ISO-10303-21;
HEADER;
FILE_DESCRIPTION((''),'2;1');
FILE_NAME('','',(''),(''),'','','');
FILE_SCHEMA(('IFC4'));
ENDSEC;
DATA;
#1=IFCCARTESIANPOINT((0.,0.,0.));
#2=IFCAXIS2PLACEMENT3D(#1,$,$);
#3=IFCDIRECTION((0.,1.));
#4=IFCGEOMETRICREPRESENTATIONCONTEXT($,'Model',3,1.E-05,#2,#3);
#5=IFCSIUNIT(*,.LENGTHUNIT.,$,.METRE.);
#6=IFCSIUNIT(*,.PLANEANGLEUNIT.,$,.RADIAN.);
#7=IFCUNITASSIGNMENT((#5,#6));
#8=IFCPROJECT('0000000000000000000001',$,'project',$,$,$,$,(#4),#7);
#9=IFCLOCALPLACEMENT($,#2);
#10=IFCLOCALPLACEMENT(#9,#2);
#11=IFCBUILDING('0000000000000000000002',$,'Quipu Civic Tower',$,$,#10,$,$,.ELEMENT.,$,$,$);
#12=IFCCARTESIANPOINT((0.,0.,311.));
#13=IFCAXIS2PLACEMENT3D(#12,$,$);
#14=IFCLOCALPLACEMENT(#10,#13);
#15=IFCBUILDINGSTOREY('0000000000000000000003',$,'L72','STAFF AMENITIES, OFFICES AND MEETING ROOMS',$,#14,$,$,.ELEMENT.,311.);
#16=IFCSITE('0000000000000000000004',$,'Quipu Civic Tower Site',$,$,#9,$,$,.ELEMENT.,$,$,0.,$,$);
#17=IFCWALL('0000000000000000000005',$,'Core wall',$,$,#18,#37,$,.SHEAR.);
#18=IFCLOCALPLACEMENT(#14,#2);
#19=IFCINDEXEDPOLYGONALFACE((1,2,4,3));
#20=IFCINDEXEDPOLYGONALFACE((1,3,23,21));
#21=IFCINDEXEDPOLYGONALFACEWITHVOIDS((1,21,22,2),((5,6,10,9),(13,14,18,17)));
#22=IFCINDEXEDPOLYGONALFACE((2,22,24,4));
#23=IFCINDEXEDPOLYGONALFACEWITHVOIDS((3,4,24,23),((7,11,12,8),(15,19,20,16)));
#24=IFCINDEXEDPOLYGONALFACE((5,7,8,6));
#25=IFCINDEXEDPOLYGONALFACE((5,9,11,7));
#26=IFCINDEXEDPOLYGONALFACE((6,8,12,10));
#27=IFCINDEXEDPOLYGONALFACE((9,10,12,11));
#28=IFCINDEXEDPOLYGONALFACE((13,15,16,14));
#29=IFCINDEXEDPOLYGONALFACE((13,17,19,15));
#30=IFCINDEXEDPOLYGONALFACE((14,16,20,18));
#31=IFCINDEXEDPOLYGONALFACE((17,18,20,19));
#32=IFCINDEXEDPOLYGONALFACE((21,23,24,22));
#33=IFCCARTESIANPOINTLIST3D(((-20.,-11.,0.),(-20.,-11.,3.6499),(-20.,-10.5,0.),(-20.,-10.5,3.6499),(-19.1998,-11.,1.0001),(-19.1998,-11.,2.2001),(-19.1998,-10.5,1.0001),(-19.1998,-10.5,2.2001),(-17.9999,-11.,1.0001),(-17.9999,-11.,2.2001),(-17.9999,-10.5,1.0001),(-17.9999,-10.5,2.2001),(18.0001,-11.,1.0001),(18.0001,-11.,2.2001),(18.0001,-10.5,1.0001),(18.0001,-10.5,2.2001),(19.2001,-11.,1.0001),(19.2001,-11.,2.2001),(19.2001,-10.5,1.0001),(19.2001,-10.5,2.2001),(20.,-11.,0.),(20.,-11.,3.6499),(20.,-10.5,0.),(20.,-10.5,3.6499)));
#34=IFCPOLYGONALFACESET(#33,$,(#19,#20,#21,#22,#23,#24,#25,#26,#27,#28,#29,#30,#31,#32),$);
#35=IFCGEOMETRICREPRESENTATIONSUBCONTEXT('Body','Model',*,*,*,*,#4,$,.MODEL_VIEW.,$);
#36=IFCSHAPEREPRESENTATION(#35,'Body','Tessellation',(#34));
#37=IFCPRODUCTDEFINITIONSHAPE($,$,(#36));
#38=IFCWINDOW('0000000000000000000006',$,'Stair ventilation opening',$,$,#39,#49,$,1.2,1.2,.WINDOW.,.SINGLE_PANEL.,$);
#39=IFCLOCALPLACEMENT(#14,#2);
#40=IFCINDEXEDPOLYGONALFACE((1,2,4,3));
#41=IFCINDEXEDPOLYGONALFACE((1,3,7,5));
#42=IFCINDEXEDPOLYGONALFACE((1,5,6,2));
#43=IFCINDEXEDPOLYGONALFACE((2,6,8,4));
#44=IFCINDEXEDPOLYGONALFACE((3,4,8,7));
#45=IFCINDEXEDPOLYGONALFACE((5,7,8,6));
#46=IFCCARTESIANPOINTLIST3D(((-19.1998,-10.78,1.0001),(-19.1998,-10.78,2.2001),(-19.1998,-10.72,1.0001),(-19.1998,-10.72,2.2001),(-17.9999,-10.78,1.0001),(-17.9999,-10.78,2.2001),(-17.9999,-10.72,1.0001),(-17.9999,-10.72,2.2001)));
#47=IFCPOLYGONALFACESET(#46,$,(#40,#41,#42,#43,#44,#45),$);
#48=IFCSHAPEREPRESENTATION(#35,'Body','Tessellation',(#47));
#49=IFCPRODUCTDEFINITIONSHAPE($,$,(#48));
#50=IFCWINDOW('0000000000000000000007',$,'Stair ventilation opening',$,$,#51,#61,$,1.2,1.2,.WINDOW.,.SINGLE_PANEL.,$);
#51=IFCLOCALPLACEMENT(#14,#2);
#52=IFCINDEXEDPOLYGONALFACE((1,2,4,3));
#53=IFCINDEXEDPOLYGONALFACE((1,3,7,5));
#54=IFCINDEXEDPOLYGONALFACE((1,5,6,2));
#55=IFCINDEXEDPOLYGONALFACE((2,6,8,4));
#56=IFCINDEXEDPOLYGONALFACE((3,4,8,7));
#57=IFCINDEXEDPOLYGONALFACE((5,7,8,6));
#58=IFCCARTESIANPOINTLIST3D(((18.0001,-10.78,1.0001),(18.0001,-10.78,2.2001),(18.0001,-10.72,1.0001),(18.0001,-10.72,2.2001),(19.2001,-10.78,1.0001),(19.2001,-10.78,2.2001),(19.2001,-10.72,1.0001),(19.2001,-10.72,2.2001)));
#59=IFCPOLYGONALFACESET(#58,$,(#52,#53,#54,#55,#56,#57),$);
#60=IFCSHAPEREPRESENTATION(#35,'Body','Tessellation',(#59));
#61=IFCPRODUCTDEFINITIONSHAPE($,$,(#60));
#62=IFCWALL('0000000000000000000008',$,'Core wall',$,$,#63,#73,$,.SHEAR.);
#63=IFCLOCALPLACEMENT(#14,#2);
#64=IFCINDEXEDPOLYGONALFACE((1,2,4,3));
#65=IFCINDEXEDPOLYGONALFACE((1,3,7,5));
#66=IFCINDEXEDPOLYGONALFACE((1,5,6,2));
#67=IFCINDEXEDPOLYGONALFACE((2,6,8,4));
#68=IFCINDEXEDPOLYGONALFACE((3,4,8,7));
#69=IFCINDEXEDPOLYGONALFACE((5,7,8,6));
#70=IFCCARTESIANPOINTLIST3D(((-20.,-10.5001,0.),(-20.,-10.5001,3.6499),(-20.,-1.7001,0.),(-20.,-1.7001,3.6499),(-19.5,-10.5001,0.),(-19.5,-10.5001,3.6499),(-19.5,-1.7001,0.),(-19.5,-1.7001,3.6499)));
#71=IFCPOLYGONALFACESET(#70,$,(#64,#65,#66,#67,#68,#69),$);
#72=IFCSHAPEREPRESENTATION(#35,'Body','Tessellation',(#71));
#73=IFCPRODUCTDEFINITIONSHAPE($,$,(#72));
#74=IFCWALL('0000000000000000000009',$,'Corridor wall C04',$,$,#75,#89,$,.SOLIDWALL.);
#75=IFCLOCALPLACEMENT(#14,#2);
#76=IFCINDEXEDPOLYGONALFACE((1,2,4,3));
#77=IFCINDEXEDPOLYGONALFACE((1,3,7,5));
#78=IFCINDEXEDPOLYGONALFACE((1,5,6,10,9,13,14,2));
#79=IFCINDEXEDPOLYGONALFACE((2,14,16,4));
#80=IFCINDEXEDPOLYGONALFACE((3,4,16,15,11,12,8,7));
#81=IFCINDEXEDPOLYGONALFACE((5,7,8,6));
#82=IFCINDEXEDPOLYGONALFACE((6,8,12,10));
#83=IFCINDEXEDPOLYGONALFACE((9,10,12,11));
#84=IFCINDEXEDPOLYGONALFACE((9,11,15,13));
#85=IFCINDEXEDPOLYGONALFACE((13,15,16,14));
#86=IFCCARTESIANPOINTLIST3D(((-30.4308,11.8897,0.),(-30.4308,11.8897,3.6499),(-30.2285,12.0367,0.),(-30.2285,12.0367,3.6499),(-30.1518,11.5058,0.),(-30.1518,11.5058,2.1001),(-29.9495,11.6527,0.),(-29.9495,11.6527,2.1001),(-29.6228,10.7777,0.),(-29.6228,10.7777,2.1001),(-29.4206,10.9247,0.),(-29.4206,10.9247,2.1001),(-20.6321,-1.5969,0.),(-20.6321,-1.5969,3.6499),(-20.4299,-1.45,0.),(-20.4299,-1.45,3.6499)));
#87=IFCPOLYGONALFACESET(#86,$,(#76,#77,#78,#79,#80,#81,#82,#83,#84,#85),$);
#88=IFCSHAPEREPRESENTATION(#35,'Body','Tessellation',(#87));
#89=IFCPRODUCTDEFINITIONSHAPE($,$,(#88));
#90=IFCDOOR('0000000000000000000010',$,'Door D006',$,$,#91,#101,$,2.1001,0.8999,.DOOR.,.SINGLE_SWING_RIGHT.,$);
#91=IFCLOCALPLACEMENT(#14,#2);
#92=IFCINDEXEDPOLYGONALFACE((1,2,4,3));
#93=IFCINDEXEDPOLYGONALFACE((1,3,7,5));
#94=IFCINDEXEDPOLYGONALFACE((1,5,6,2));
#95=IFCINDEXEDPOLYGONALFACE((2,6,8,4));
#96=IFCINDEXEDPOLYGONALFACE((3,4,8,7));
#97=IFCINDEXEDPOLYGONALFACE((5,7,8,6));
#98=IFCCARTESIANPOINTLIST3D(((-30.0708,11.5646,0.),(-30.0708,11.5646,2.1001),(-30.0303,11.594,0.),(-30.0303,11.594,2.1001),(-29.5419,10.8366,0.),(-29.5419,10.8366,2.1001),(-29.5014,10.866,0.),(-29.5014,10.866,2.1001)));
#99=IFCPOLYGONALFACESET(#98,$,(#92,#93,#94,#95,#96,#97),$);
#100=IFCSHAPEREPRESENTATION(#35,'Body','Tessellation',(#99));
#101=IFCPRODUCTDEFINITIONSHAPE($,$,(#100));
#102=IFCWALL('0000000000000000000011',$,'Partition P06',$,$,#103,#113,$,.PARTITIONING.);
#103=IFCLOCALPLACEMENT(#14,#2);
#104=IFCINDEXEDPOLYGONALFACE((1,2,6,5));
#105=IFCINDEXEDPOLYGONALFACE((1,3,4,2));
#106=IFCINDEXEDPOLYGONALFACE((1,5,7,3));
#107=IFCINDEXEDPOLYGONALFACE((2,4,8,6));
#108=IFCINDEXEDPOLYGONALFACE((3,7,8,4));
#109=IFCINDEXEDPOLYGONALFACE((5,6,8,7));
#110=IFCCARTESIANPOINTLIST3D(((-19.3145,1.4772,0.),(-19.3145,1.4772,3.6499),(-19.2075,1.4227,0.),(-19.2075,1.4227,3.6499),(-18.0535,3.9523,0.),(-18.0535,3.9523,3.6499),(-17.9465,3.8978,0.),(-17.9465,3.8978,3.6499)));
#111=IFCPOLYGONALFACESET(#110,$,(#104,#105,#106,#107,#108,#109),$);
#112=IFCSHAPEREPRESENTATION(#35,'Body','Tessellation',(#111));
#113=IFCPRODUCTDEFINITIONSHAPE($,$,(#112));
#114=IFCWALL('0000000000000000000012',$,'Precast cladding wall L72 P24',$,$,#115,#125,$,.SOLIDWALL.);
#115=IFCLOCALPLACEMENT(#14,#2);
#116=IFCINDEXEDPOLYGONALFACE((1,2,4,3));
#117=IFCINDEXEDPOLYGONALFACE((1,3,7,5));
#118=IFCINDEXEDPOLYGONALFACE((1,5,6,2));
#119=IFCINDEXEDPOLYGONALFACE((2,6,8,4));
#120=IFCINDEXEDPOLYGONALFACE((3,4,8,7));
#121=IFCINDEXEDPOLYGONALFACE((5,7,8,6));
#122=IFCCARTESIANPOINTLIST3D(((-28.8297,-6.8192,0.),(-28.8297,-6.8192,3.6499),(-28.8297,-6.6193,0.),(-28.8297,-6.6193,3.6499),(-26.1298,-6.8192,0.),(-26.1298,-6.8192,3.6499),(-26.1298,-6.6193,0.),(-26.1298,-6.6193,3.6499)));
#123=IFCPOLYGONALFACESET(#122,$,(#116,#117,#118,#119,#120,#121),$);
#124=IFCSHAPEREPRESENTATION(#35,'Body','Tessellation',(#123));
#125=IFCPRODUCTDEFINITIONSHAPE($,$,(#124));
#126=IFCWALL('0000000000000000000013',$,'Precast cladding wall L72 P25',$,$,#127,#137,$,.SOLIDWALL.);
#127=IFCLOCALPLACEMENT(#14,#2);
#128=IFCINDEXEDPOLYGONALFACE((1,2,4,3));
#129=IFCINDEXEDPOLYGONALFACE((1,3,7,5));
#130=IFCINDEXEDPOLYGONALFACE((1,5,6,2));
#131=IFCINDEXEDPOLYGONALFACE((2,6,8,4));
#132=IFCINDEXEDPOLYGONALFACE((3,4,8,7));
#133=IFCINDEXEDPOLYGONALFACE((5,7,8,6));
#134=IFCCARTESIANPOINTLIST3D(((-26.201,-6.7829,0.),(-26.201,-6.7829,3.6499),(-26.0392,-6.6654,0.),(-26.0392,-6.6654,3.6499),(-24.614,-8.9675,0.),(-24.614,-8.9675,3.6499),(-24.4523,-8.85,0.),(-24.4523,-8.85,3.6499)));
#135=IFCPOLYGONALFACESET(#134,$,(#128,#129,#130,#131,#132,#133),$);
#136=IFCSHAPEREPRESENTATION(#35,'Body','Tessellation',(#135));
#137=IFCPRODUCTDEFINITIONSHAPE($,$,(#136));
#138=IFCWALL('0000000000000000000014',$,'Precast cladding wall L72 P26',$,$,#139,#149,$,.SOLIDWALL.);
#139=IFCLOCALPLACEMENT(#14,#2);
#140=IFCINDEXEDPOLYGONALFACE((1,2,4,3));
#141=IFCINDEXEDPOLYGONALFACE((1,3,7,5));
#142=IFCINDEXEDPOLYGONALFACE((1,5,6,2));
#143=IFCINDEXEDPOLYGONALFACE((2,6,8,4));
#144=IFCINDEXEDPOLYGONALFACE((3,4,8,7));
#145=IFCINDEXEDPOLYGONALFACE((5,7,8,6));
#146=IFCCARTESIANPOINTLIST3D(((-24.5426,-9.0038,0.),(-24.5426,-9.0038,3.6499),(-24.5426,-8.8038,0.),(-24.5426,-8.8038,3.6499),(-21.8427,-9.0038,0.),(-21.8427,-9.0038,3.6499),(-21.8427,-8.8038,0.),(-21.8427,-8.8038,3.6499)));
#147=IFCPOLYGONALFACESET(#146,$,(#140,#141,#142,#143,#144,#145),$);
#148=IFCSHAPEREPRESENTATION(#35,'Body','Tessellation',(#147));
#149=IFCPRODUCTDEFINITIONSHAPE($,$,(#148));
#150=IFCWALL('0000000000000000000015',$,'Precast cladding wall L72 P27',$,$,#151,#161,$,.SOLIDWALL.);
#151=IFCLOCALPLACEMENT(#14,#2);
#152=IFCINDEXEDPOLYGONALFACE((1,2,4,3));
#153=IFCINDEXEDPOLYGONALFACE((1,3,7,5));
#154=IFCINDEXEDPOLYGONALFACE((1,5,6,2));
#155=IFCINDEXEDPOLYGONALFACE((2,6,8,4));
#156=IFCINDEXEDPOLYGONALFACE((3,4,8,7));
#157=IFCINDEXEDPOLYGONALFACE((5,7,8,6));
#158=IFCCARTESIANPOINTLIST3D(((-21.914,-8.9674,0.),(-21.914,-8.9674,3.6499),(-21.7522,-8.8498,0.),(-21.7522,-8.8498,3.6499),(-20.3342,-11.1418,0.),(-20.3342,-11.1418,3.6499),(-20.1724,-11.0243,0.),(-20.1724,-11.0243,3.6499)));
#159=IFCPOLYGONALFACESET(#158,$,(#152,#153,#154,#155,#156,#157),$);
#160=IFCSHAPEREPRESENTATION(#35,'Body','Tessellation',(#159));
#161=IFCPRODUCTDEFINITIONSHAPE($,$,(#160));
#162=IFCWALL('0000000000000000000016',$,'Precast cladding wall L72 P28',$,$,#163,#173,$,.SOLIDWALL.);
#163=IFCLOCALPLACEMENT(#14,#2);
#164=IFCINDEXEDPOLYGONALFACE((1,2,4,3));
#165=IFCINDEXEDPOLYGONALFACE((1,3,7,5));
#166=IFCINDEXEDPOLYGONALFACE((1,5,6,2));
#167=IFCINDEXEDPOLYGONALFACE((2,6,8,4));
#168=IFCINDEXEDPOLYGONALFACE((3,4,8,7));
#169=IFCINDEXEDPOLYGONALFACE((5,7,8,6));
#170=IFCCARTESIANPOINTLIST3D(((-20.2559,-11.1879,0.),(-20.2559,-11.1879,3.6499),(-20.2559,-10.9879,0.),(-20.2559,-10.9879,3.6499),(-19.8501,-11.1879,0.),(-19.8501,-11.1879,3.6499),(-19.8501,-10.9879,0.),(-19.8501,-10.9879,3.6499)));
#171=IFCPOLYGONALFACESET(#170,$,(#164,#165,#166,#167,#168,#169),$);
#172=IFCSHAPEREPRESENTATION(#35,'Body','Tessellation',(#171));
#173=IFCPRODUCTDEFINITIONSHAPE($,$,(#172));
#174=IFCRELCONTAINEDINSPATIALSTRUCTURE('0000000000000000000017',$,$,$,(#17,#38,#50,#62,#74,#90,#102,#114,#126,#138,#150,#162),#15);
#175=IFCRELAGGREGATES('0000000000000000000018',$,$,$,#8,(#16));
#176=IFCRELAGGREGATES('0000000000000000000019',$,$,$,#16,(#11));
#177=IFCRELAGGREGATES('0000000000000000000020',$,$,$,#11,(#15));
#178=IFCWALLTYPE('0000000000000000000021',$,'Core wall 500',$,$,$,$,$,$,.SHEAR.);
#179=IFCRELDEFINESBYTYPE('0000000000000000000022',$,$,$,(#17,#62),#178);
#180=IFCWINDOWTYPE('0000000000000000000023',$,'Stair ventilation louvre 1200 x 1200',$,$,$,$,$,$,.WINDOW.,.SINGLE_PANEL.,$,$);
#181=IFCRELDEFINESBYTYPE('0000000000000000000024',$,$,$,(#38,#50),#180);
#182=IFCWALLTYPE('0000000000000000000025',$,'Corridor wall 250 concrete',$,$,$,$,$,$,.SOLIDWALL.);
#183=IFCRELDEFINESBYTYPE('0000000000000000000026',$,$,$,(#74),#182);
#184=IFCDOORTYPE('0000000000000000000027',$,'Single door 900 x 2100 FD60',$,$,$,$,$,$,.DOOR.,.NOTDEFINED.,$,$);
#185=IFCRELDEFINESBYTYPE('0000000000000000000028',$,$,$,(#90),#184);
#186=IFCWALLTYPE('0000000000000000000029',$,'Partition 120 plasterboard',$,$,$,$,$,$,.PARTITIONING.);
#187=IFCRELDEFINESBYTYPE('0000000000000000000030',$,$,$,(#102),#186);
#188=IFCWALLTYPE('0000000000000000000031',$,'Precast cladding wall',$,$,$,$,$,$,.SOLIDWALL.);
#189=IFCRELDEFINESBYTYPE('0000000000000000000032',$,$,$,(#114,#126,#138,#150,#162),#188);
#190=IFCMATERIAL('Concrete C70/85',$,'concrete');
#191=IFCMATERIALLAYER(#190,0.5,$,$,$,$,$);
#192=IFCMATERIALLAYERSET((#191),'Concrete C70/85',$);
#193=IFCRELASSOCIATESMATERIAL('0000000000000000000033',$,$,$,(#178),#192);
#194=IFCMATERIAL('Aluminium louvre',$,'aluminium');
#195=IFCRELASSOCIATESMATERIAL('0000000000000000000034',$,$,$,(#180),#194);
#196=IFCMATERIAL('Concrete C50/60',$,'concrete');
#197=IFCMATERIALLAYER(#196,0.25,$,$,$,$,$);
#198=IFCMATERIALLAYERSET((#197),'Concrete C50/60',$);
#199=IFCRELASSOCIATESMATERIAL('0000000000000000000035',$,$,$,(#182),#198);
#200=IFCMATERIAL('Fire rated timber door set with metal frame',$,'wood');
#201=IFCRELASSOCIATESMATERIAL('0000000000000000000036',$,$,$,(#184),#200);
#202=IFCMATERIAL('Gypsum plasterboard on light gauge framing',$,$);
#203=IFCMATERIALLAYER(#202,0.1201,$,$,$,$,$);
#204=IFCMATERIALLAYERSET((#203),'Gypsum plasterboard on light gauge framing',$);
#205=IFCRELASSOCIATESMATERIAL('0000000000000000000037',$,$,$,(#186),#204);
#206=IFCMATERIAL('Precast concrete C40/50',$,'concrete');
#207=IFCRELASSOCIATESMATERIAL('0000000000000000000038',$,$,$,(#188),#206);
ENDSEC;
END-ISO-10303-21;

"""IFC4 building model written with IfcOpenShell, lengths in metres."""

from ifc_helpers import new_model, si_unit, direction, frame, frame_2d, origin, place, context, subcontext, project, spatial, rectangle, extrude, material, layer, layer_set, type_object, element, fill, save


model = new_model("IFC4")

# Units and contexts
model_context = context("Model", 3, precision=1e-05, world=origin(), true_north=direction((0.0, 1.0)))
body_context = subcontext(model_context, "Body", "Model", "MODEL_VIEW")
ifc_project = project(units=[si_unit("LENGTHUNIT", "METRE"), si_unit("PLANEANGLEUNIT", "RADIAN")], contexts=[model_context])

# Site, building, storey
site_placement = place(None, origin())
site = spatial("IfcSite", under=ifc_project, at=site_placement, Name="Quipu Civic Tower Site", CompositionType="ELEMENT", RefElevation=0.0)
building_placement = place(site_placement, origin())
building = spatial("IfcBuilding", under=site, at=building_placement, Name="Quipu Civic Tower", CompositionType="ELEMENT")
storey_placement = place(building_placement, frame((0.0, 0.0, 311.0)))
storey = spatial("IfcBuildingStorey", under=building, at=storey_placement, Name="L72", Description="STAFF AMENITIES, OFFICES AND MEETING ROOMS", CompositionType="ELEMENT", Elevation=311.0)

# Wall, openings, windows
ifc_material_1 = material(Name="Concrete C70/85", Category="concrete")
ifc_layer_1 = layer(ifc_material_1, 0.5)
ifc_layer_set_1 = layer_set([ifc_layer_1], Name="Concrete C70/85")
wall_type_1 = type_object("IfcWallType", Name="Core wall 500", PredefinedType="SHEAR", material=ifc_layer_set_1)
wall_1_placement = place(storey_placement, frame((-20.0, -10.75, 0.0), z_axis=(0.0, 0.0, 1.0), x_axis=(1.0, 0.0, 0.0)))
wall_1 = element("IfcWall", 1, at=wall_1_placement, inside=storey, type_object=wall_type_1, Name="Core wall", PredefinedType="SHEAR", context=body_context, shape_type="SweptSolid", body=[
    extrude(rectangle(XDim=40.0, YDim=0.5, at=frame_2d((20.0, 0.0))), origin(), (0.0, 0.0, 1.0), 3.6499),
])
opening_1_placement = place(wall_1_placement, frame((0.8, 0.0, 1.0)))
opening_1 = element("IfcOpeningElement", 2, at=opening_1_placement, cuts=wall_1, PredefinedType="OPENING", context=body_context, shape_type="SweptSolid", body=[
    extrude(rectangle(XDim=1.2, YDim=1.2, at=frame_2d((0.6001, 0.6001))), frame((0.0, 0.26, 0.0), z_axis=(0.0, -1.0, 0.0), x_axis=(1.0, 0.0, 0.0)), (0.0, 0.0, 1.0), 0.52),
])
opening_2_placement = place(wall_1_placement, frame((38.0, 0.0, 1.0)))
opening_2 = element("IfcOpeningElement", 3, at=opening_2_placement, cuts=wall_1, PredefinedType="OPENING", context=body_context, shape_type="SweptSolid", body=[
    extrude(rectangle(XDim=1.2, YDim=1.2, at=frame_2d((0.6001, 0.6001))), frame((0.0, 0.26, 0.0), z_axis=(0.0, -1.0, 0.0), x_axis=(1.0, 0.0, 0.0)), (0.0, 0.0, 1.0), 0.52),
])
ifc_material_2 = material(Name="Aluminium louvre", Category="aluminium")
window_type = type_object("IfcWindowType", Name="Stair ventilation louvre 1200 x 1200", PartitioningType="SINGLE_PANEL", PredefinedType="WINDOW", material=ifc_material_2)
window_1_placement = place(opening_1_placement, origin())
window_1 = element("IfcWindow", 4, at=window_1_placement, inside=storey, type_object=window_type, Name="Stair ventilation opening", OverallHeight=1.2, OverallWidth=1.2, PartitioningType="SINGLE_PANEL", PredefinedType="WINDOW", context=body_context, shape_type="SweptSolid", body=[
    extrude(rectangle(XDim=1.2, YDim=1.2, at=frame_2d((0.6001, 0.6001))), frame((0.0, 0.03, 0.0), z_axis=(0.0, -1.0, 0.0), x_axis=(1.0, 0.0, 0.0)), (0.0, 0.0, 1.0), 0.0601),
])
fill(opening_1, window_1)
window_2_placement = place(opening_2_placement, origin())
window_2 = element("IfcWindow", 5, at=window_2_placement, inside=storey, type_object=window_type, Name="Stair ventilation opening", OverallHeight=1.2, OverallWidth=1.2, PartitioningType="SINGLE_PANEL", PredefinedType="WINDOW", context=body_context, shape_type="SweptSolid", body=[
    extrude(rectangle(XDim=1.2, YDim=1.2, at=frame_2d((0.6001, 0.6001))), frame((0.0, 0.03, 0.0), z_axis=(0.0, -1.0, 0.0), x_axis=(1.0, 0.0, 0.0)), (0.0, 0.0, 1.0), 0.0601),
])
fill(opening_2, window_2)

# Wall
wall_2_placement = place(storey_placement, frame((-19.75, -10.5, 0.0), z_axis=(0.0, 0.0, 1.0), x_axis=(0.0, 1.0, 0.0)))
element("IfcWall", 6, at=wall_2_placement, inside=storey, type_object=wall_type_1, Name="Core wall", PredefinedType="SHEAR", context=body_context, shape_type="SweptSolid", body=[
    extrude(rectangle(XDim=8.8, YDim=0.5, at=frame_2d((4.3999, 0.0))), origin(), (0.0, 0.0, 1.0), 3.6499),
])

# Wall, opening, door
ifc_material_3 = material(Name="Concrete C50/60", Category="concrete")
ifc_layer_2 = layer(ifc_material_3, 0.25)
ifc_layer_set_2 = layer_set([ifc_layer_2], Name="Concrete C50/60")
wall_type_2 = type_object("IfcWallType", Name="Corridor wall 250 concrete", PredefinedType="SOLIDWALL", material=ifc_layer_set_2)
wall_3_placement = place(storey_placement, frame((-20.531, -1.5234, 0.0), z_axis=(0.0, 0.0, 1.0), x_axis=(-0.587786, 0.809017, 0.0)))
wall_3 = element("IfcWall", 7, at=wall_3_placement, inside=storey, type_object=wall_type_2, Name="Corridor wall C04", PredefinedType="SOLIDWALL", context=body_context, shape_type="SweptSolid", body=[
    extrude(rectangle(XDim=16.6704, YDim=0.25, at=frame_2d((8.3352, 0.0))), origin(), (0.0, 0.0, 1.0), 3.6499),
])
opening_3_placement = place(wall_3_placement, frame((15.2959, 0.0, 0.0)))
opening_3 = element("IfcOpeningElement", 8, at=opening_3_placement, cuts=wall_3, PredefinedType="OPENING", context=body_context, shape_type="SweptSolid", body=[
    extrude(rectangle(XDim=0.8999, YDim=2.1001, at=frame_2d((0.45, 1.05))), frame((0.0, 0.135, 0.0), z_axis=(0.0, -1.0, 0.0), x_axis=(1.0, 0.0, 0.0)), (0.0, 0.0, 1.0), 0.27),
])
ifc_material_4 = material(Name="Fire rated timber door set with metal frame", Category="wood")
door_type_1 = type_object("IfcDoorType", Name="Single door 900 x 2100 FD60", OperationType="NOTDEFINED", PredefinedType="DOOR", material=ifc_material_4)
door_1_placement = place(opening_3_placement, origin())
door_1 = element("IfcDoor", 9, at=door_1_placement, inside=storey, type_object=door_type_1, Name="Door D006", OperationType="SINGLE_SWING_RIGHT", OverallHeight=2.1001, OverallWidth=0.8999, PredefinedType="DOOR", context=body_context, shape_type="SweptSolid", body=[
    extrude(rectangle(XDim=0.8999, YDim=2.1001, at=frame_2d((0.45, 1.05))), frame((0.0, 0.0249, 0.0), z_axis=(0.0, -1.0, 0.0), x_axis=(1.0, 0.0, 0.0)), (0.0, 0.0, 1.0), 0.05),
])
fill(opening_3, door_1)

# Walls
ifc_material_5 = material(Name="Gypsum plasterboard on light gauge framing")
ifc_layer_3 = layer(ifc_material_5, 0.1201)
ifc_layer_set_3 = layer_set([ifc_layer_3], Name="Gypsum plasterboard on light gauge framing")
wall_type_3 = type_object("IfcWallType", Name="Partition 120 plasterboard", PredefinedType="PARTITIONING", material=ifc_layer_set_3)
wall_4_placement = place(storey_placement, frame((-19.261, 1.45, 0.0), z_axis=(0.0, 0.0, 1.0), x_axis=(0.453951, 0.891027, 0.0)))
element("IfcWall", 10, at=wall_4_placement, inside=storey, type_object=wall_type_3, Name="Partition P06", PredefinedType="PARTITIONING", context=body_context, shape_type="SweptSolid", body=[
    extrude(rectangle(XDim=2.7778, YDim=0.1201, at=frame_2d((1.3889, 0.0))), origin(), (0.0, 0.0, 1.0), 3.6499),
])
ifc_material_6 = material(Name="Precast concrete C40/50", Category="concrete")
wall_type_4 = type_object("IfcWallType", Name="Precast cladding wall", PredefinedType="SOLIDWALL", material=ifc_material_6)
wall_5_placement = place(storey_placement, frame((-28.8298, -6.7192, 0.0), z_axis=(0.0, 0.0, 1.0), x_axis=(1.0, 0.0, 0.0)))
element("IfcWall", 11, at=wall_5_placement, inside=storey, type_object=wall_type_4, Name="Precast cladding wall L72 P24", PredefinedType="SOLIDWALL", context=body_context, shape_type="SweptSolid", body=[
    extrude(rectangle(XDim=2.7, YDim=0.2, at=frame_2d((1.3501, 0.0))), origin(), (0.0, 0.0, 1.0), 3.6499),
])
wall_6_placement = place(storey_placement, frame((-26.1201, -6.7241, 0.0), z_axis=(0.0, 0.0, 1.0), x_axis=(0.58772, -0.809064, 0.0)))
element("IfcWall", 12, at=wall_6_placement, inside=storey, type_object=wall_type_4, Name="Precast cladding wall L72 P25", PredefinedType="SOLIDWALL", context=body_context, shape_type="SweptSolid", body=[
    extrude(rectangle(XDim=2.7002, YDim=0.2, at=frame_2d((1.3501, 0.0))), origin(), (0.0, 0.0, 1.0), 3.6499),
])
wall_7_placement = place(storey_placement, frame((-24.5427, -8.9038, 0.0), z_axis=(0.0, 0.0, 1.0), x_axis=(1.0, 0.0, 0.0)))
element("IfcWall", 13, at=wall_7_placement, inside=storey, type_object=wall_type_4, Name="Precast cladding wall L72 P26", PredefinedType="SOLIDWALL", context=body_context, shape_type="SweptSolid", body=[
    extrude(rectangle(XDim=2.7, YDim=0.2, at=frame_2d((1.3501, 0.0))), origin(), (0.0, 0.0, 1.0), 3.6499),
])
wall_8_placement = place(storey_placement, frame((-21.833, -8.9087, 0.0), z_axis=(0.0, 0.0, 1.0), x_axis=(0.587767, -0.809031, 0.0)))
element("IfcWall", 14, at=wall_8_placement, inside=storey, type_object=wall_type_4, Name="Precast cladding wall L72 P27", PredefinedType="SOLIDWALL", context=body_context, shape_type="SweptSolid", body=[
    extrude(rectangle(XDim=2.6877, YDim=0.2, at=frame_2d((1.3438, 0.0))), origin(), (0.0, 0.0, 1.0), 3.6499),
])
wall_9_placement = place(storey_placement, frame((-20.2559, -11.0879, 0.0), z_axis=(0.0, 0.0, 1.0), x_axis=(1.0, 0.0, 0.0)))
element("IfcWall", 15, at=wall_9_placement, inside=storey, type_object=wall_type_4, Name="Precast cladding wall L72 P28", PredefinedType="SOLIDWALL", context=body_context, shape_type="SweptSolid", body=[
    extrude(rectangle(XDim=0.4058, YDim=0.2, at=frame_2d((0.2029, 0.0))), origin(), (0.0, 0.0, 1.0), 3.6499),
])

save(model, "model.ifc")
